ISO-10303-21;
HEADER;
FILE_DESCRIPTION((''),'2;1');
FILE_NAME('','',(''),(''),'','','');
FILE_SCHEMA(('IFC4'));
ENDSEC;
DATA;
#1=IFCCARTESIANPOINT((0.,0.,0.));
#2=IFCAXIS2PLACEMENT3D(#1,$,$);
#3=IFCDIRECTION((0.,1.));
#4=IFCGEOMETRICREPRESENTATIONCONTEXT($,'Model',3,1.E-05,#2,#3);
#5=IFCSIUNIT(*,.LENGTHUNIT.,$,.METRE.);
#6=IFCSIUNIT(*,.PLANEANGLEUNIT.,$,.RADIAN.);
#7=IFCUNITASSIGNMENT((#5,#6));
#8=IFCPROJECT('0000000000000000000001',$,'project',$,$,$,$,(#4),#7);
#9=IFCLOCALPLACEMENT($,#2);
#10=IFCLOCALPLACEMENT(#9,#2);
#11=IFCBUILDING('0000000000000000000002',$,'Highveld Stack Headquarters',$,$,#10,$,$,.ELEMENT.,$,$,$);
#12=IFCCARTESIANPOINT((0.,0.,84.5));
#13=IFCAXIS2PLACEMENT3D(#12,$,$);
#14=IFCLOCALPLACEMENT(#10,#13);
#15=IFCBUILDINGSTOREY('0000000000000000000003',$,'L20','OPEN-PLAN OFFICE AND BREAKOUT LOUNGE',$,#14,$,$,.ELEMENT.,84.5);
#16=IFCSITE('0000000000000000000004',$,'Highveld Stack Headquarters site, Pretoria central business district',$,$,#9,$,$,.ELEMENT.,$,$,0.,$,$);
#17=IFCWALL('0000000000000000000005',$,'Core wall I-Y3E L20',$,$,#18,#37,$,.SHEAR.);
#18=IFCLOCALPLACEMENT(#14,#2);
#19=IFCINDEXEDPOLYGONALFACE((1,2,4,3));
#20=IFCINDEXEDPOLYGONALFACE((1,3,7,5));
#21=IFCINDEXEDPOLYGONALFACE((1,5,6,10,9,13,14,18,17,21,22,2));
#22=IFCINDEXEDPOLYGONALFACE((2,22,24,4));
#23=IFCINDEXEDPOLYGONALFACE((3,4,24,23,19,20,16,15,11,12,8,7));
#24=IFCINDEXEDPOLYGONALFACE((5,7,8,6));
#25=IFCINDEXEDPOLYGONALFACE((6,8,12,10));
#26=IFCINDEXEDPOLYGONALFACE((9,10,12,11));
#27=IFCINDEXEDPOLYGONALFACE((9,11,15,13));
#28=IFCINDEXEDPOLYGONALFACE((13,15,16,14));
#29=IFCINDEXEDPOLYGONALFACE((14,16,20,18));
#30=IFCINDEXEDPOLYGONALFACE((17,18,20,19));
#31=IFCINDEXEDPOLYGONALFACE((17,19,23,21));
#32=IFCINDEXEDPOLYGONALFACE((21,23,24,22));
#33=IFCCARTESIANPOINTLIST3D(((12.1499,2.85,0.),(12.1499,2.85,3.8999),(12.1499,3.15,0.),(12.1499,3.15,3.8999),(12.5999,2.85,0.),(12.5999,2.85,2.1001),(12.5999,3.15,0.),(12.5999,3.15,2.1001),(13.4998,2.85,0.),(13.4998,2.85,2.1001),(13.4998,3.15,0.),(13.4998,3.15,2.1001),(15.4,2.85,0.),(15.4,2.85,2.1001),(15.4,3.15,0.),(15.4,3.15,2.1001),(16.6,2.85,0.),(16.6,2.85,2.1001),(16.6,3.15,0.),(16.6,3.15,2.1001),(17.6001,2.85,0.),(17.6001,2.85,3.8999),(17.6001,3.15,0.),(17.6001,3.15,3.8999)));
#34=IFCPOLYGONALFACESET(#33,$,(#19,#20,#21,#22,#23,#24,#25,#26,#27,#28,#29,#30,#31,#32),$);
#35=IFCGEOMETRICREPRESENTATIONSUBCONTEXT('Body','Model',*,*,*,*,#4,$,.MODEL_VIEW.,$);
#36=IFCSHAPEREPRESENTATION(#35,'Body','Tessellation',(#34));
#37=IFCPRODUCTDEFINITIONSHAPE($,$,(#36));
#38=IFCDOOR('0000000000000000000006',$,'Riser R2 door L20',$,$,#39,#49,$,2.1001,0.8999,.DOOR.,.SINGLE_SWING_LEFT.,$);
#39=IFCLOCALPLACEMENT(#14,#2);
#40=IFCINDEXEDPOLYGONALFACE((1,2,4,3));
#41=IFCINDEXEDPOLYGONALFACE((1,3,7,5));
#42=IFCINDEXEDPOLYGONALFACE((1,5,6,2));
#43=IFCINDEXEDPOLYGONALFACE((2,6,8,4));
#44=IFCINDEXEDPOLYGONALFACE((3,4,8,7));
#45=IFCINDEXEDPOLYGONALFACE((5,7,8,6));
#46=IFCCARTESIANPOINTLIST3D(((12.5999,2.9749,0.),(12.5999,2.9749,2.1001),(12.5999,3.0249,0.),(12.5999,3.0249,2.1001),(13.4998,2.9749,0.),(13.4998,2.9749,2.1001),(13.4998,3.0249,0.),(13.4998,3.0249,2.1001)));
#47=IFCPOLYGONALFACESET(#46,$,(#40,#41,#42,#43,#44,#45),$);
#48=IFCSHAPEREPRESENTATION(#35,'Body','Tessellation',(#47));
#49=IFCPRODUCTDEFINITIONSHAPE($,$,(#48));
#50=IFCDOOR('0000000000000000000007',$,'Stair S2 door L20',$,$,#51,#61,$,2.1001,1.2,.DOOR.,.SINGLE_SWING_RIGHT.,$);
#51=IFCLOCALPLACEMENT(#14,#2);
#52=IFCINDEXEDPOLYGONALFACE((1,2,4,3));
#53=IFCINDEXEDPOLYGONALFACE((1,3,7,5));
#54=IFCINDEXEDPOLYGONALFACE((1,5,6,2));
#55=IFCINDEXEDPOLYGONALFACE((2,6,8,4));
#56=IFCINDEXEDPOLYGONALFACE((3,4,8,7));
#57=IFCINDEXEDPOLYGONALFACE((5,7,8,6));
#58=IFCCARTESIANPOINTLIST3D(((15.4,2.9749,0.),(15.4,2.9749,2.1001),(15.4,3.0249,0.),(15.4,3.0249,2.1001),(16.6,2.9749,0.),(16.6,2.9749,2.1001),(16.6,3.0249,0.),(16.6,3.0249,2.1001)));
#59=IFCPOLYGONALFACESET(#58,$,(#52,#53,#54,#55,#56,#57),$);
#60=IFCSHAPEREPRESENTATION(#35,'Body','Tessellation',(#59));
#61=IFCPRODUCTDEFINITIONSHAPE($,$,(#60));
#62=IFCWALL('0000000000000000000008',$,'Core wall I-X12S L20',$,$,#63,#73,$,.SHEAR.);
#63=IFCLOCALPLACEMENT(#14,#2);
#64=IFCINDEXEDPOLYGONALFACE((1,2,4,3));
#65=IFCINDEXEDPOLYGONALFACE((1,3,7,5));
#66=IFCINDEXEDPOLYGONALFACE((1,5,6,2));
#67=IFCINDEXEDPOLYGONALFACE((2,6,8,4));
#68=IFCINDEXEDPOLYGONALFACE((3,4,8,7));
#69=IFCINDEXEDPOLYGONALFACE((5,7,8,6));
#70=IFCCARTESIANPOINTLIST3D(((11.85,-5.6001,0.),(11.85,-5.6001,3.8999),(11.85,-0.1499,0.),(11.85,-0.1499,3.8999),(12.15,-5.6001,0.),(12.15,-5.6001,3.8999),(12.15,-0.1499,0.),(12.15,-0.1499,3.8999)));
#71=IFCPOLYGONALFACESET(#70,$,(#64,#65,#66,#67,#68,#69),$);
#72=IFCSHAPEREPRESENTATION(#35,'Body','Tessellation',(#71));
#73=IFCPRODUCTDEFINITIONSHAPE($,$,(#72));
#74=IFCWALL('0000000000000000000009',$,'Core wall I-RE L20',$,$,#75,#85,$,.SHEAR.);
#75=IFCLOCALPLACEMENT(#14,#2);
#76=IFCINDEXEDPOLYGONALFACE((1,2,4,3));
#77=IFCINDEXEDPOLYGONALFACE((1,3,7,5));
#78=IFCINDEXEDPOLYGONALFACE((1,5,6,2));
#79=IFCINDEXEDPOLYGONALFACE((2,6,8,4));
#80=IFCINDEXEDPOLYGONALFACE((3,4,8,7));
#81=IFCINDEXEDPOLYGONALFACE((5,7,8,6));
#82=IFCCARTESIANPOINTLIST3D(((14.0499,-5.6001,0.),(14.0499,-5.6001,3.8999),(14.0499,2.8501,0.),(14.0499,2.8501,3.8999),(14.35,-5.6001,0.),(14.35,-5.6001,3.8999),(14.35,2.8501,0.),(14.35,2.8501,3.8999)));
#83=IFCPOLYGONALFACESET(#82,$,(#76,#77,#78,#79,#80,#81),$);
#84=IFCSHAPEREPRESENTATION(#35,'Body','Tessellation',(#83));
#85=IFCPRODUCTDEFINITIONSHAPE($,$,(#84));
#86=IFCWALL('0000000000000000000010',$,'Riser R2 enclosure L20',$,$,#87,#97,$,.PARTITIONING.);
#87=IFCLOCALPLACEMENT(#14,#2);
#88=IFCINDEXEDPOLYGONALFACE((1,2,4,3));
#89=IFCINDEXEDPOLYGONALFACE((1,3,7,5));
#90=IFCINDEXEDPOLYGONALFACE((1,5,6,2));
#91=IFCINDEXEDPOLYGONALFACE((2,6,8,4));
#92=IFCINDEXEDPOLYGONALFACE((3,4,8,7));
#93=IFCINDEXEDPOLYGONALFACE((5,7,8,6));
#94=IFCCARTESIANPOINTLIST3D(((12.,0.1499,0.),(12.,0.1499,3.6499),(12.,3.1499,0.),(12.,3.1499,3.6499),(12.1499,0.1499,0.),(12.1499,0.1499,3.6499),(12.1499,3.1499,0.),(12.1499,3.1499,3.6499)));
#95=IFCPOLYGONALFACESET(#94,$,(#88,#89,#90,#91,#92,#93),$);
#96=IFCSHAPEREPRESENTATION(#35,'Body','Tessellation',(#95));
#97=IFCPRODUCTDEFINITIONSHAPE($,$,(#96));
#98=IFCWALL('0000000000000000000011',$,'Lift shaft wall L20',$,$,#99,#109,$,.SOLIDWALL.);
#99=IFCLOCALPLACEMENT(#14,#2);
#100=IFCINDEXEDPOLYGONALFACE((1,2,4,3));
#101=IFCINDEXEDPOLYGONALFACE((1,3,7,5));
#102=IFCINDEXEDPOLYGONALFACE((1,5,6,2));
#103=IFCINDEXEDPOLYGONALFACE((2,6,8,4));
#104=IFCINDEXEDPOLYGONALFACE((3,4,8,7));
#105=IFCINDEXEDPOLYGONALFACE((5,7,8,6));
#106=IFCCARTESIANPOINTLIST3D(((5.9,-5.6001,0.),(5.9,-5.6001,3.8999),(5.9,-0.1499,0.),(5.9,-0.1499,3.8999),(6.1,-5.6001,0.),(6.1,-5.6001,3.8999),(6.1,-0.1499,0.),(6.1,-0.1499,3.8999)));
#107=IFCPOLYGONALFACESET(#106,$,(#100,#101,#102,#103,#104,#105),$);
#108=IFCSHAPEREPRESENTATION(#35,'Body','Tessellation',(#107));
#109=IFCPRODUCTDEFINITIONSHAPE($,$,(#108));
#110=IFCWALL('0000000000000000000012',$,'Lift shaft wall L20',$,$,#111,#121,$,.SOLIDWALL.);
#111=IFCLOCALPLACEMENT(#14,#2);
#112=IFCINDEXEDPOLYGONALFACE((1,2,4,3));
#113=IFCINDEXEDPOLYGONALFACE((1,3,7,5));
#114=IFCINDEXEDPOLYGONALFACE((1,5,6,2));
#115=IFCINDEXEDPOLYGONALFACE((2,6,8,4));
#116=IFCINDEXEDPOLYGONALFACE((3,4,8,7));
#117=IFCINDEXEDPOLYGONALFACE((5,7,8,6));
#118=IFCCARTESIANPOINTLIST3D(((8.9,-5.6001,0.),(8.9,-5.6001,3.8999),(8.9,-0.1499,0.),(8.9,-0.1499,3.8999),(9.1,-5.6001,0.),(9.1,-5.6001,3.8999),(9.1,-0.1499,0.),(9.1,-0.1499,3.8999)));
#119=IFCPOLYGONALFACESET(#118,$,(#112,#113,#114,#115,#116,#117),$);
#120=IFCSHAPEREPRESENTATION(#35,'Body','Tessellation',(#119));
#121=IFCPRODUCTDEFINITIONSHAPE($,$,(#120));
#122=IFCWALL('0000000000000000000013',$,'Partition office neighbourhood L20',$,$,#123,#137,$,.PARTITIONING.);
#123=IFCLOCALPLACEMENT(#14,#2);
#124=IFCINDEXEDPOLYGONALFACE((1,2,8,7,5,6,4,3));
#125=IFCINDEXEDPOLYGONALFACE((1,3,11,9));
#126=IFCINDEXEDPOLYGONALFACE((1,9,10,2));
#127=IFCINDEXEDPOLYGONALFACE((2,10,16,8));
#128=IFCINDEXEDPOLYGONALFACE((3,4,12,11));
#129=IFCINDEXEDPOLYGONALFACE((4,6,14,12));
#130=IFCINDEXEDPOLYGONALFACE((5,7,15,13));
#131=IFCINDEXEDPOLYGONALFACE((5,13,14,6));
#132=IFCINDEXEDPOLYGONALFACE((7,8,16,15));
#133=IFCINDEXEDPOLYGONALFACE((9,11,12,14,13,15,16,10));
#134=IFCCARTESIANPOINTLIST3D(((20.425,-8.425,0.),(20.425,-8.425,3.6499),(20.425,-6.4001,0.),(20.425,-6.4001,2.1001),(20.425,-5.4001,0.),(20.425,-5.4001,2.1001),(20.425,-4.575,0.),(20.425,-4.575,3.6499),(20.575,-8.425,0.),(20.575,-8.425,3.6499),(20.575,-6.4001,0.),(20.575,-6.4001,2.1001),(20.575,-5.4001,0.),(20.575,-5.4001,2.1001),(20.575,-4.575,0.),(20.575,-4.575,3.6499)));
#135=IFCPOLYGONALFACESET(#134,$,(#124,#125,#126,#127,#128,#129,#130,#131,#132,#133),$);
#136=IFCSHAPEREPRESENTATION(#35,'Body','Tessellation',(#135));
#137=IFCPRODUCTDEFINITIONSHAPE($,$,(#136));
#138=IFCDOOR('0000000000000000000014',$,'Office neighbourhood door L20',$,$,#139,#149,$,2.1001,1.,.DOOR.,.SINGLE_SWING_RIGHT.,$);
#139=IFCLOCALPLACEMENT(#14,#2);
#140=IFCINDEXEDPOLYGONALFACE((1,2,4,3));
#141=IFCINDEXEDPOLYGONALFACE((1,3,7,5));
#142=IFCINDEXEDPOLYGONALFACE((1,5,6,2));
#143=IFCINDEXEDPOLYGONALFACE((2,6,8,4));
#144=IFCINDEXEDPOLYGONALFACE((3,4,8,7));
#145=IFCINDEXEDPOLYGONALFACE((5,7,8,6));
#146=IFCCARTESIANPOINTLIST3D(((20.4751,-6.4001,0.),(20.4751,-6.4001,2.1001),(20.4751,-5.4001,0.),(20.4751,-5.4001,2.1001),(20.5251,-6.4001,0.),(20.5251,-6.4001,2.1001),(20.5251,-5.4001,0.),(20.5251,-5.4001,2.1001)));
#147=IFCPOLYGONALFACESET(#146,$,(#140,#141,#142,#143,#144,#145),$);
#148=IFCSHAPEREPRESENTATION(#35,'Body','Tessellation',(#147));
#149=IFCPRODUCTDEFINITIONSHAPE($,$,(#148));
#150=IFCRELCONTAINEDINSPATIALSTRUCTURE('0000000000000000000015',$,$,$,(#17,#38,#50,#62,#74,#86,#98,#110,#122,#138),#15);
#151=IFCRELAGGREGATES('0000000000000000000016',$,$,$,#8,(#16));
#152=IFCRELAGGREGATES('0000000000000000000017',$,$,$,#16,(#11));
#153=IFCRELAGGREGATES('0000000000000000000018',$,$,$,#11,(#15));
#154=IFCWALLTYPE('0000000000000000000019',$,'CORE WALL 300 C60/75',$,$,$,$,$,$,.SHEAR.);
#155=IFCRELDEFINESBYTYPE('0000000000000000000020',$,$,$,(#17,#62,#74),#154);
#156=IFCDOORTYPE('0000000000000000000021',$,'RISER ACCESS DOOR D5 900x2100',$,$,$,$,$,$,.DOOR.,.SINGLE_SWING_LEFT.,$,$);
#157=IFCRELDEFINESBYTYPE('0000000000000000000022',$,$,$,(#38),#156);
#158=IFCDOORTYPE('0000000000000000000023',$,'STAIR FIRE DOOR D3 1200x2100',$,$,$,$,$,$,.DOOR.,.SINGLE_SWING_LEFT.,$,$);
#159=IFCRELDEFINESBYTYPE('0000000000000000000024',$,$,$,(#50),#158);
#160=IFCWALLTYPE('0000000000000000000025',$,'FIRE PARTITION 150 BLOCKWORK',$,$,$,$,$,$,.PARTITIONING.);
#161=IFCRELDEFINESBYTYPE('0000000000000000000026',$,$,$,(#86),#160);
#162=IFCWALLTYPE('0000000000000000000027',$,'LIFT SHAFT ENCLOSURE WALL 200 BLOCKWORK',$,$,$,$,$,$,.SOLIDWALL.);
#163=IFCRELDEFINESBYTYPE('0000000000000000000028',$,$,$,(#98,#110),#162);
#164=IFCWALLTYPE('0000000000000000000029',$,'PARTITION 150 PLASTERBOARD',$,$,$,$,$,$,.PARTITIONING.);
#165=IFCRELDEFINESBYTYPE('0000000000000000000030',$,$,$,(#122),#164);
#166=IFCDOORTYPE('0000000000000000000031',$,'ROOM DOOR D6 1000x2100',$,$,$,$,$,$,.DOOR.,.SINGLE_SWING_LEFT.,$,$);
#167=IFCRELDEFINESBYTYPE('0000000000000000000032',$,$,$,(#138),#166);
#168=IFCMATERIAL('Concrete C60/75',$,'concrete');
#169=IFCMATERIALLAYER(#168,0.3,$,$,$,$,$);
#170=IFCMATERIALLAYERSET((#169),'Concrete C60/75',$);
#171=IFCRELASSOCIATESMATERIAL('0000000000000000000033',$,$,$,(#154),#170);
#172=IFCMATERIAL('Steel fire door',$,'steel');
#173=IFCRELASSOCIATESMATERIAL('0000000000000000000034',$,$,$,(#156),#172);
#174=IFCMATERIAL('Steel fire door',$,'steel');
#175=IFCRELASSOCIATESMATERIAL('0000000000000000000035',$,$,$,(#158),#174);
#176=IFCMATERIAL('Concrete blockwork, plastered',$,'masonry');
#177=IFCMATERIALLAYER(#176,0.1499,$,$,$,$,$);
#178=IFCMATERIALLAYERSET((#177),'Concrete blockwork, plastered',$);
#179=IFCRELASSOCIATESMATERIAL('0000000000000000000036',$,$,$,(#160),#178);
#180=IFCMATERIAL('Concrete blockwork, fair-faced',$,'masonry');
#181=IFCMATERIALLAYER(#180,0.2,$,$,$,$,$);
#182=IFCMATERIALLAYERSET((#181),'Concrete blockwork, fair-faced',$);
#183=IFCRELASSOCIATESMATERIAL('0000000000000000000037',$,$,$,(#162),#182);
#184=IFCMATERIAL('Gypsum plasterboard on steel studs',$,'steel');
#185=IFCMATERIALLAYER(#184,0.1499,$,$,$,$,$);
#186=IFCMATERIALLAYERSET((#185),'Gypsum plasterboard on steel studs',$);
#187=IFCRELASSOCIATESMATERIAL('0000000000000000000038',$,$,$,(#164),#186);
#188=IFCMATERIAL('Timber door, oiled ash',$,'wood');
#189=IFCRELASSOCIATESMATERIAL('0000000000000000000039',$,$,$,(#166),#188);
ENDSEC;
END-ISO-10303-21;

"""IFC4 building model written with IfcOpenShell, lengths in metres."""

from ifc_helpers import new_model, si_unit, direction, frame, frame_2d, origin, place, context, subcontext, project, spatial, rectangle, extrude, material, layer, layer_set, type_object, element, fill, save


model = new_model("IFC4")

# Units and contexts
model_context = context("Model", 3, precision=1e-05, world=origin(), true_north=direction((0.0, 1.0)))
body_context = subcontext(model_context, "Body", "Model", "MODEL_VIEW")
ifc_project = project(units=[si_unit("LENGTHUNIT", "METRE"), si_unit("PLANEANGLEUNIT", "RADIAN")], contexts=[model_context])

# Site, building, storey
site_placement = place(None, origin())
site = spatial("IfcSite", under=ifc_project, at=site_placement, Name="Highveld Stack Headquarters site, Pretoria central business district", CompositionType="ELEMENT", RefElevation=0.0)
building_placement = place(site_placement, origin())
building = spatial("IfcBuilding", under=site, at=building_placement, Name="Highveld Stack Headquarters", CompositionType="ELEMENT")
storey_placement = place(building_placement, frame((0.0, 0.0, 84.5)))
storey = spatial("IfcBuildingStorey", under=building, at=storey_placement, Name="L20", Description="OPEN-PLAN OFFICE AND BREAKOUT LOUNGE", CompositionType="ELEMENT", Elevation=84.5)

# Wall, openings, doors
ifc_material_1 = material(Name="Concrete C60/75", Category="concrete")
ifc_layer_1 = layer(ifc_material_1, 0.3)
ifc_layer_set_1 = layer_set([ifc_layer_1], Name="Concrete C60/75")
wall_type_1 = type_object("IfcWallType", Name="CORE WALL 300 C60/75", PredefinedType="SHEAR", material=ifc_layer_set_1)
wall_1_placement = place(storey_placement, frame((12.1499, 3.0, 0.0), z_axis=(0.0, 0.0, 1.0), x_axis=(1.0, 0.0, 0.0)))
wall_1 = element("IfcWall", 1, at=wall_1_placement, inside=storey, type_object=wall_type_1, Name="Core wall I-Y3E L20", PredefinedType="SHEAR", context=body_context, shape_type="SweptSolid", body=[
    extrude(rectangle(XDim=5.4502, YDim=0.3, at=frame_2d((2.7251, 0.0))), origin(), (0.0, 0.0, 1.0), 3.8999),
])
opening_1_placement = place(wall_1_placement, frame((3.25, 0.0, 0.0)))
opening_1 = element("IfcOpeningElement", 2, at=opening_1_placement, cuts=wall_1, PredefinedType="OPENING", context=body_context, shape_type="SweptSolid", body=[
    extrude(rectangle(XDim=1.2, YDim=2.1001, at=frame_2d((0.6001, 1.05))), frame((0.0, 0.1599, 0.0), z_axis=(0.0, -1.0, 0.0), x_axis=(1.0, 0.0, 0.0)), (0.0, 0.0, 1.0), 0.3201),
])
opening_2_placement = place(wall_1_placement, frame((0.45, 0.0, 0.0)))
opening_2 = element("IfcOpeningElement", 3, at=opening_2_placement, cuts=wall_1, PredefinedType="OPENING", context=body_context, shape_type="SweptSolid", body=[
    extrude(rectangle(XDim=0.8999, YDim=2.1001, at=frame_2d((0.45, 1.05))), frame((0.0, 0.1599, 0.0), z_axis=(0.0, -1.0, 0.0), x_axis=(1.0, 0.0, 0.0)), (0.0, 0.0, 1.0), 0.3201),
])
ifc_material_2 = material(Name="Steel fire door", Category="steel")
door_type_1 = type_object("IfcDoorType", Name="RISER ACCESS DOOR D5 900x2100", OperationType="SINGLE_SWING_LEFT", PredefinedType="DOOR", material=ifc_material_2)
door_1_placement = place(opening_2_placement, origin())
door_1 = element("IfcDoor", 4, at=door_1_placement, inside=storey, type_object=door_type_1, Name="Riser R2 door L20", OperationType="SINGLE_SWING_LEFT", OverallHeight=2.1001, OverallWidth=0.8999, PredefinedType="DOOR", context=body_context, shape_type="SweptSolid", body=[
    extrude(rectangle(XDim=0.8999, YDim=2.1001, at=frame_2d((0.45, 1.05))), frame((0.0, 0.0249, 0.0), z_axis=(0.0, -1.0, 0.0), x_axis=(1.0, 0.0, 0.0)), (0.0, 0.0, 1.0), 0.05),
])
fill(opening_2, door_1)
ifc_material_3 = material(Name="Steel fire door", Category="steel")
door_type_2 = type_object("IfcDoorType", Name="STAIR FIRE DOOR D3 1200x2100", OperationType="SINGLE_SWING_LEFT", PredefinedType="DOOR", material=ifc_material_3)
door_2_placement = place(opening_1_placement, origin())
door_2 = element("IfcDoor", 5, at=door_2_placement, inside=storey, type_object=door_type_2, Name="Stair S2 door L20", OperationType="SINGLE_SWING_RIGHT", OverallHeight=2.1001, OverallWidth=1.2, PredefinedType="DOOR", context=body_context, shape_type="SweptSolid", body=[
    extrude(rectangle(XDim=1.2, YDim=2.1001, at=frame_2d((0.6001, 1.05))), frame((0.0, 0.0249, 0.0), z_axis=(0.0, -1.0, 0.0), x_axis=(1.0, 0.0, 0.0)), (0.0, 0.0, 1.0), 0.05),
])
fill(opening_1, door_2)

# Walls
wall_2_placement = place(storey_placement, frame((12.0, -5.6001, 0.0), z_axis=(0.0, 0.0, 1.0), x_axis=(0.0, 1.0, 0.0)))
element("IfcWall", 6, at=wall_2_placement, inside=storey, type_object=wall_type_1, Name="Core wall I-X12S L20", PredefinedType="SHEAR", context=body_context, shape_type="SweptSolid", body=[
    extrude(rectangle(XDim=5.4502, YDim=0.3, at=frame_2d((2.7251, 0.0))), origin(), (0.0, 0.0, 1.0), 3.8999),
])
wall_3_placement = place(storey_placement, frame((14.2, -5.6001, 0.0), z_axis=(0.0, 0.0, 1.0), x_axis=(0.0, 1.0, 0.0)))
element("IfcWall", 7, at=wall_3_placement, inside=storey, type_object=wall_type_1, Name="Core wall I-RE L20", PredefinedType="SHEAR", context=body_context, shape_type="SweptSolid", body=[
    extrude(rectangle(XDim=8.4502, YDim=0.3, at=frame_2d((4.2251, 0.0))), origin(), (0.0, 0.0, 1.0), 3.8999),
])
ifc_material_4 = material(Name="Concrete blockwork, plastered", Category="masonry")
ifc_layer_2 = layer(ifc_material_4, 0.1499)
ifc_layer_set_2 = layer_set([ifc_layer_2], Name="Concrete blockwork, plastered")
wall_type_2 = type_object("IfcWallType", Name="FIRE PARTITION 150 BLOCKWORK", PredefinedType="PARTITIONING", material=ifc_layer_set_2)
wall_4_placement = place(storey_placement, frame((12.075, 0.1499, 0.0), z_axis=(0.0, 0.0, 1.0), x_axis=(0.0, 1.0, 0.0)))
element("IfcWall", 8, at=wall_4_placement, inside=storey, type_object=wall_type_2, Name="Riser R2 enclosure L20", PredefinedType="PARTITIONING", context=body_context, shape_type="SweptSolid", body=[
    extrude(rectangle(XDim=3.0, YDim=0.1499, at=frame_2d((1.5, 0.0))), origin(), (0.0, 0.0, 1.0), 3.6499),
])
ifc_material_5 = material(Name="Concrete blockwork, fair-faced", Category="masonry")
ifc_layer_3 = layer(ifc_material_5, 0.2)
ifc_layer_set_3 = layer_set([ifc_layer_3], Name="Concrete blockwork, fair-faced")
wall_type_3 = type_object("IfcWallType", Name="LIFT SHAFT ENCLOSURE WALL 200 BLOCKWORK", PredefinedType="SOLIDWALL", material=ifc_layer_set_3)
for number, where, z_axis, x_axis, name in (
    (9, (6.0, -5.6001, 0.0), (0.0, 0.0, 1.0), (0.0, 1.0, 0.0), "Lift shaft wall L20"),
    (10, (9.0, -5.6001, 0.0), (0.0, 0.0, 1.0), (0.0, 1.0, 0.0), "Lift shaft wall L20"),
):
    element("IfcWall", number, at=place(storey_placement, frame(where, z_axis=z_axis, x_axis=x_axis)), inside=storey, type_object=wall_type_3, Name=name, PredefinedType="SOLIDWALL", context=body_context, shape_type="SweptSolid", body=[
        extrude(rectangle(XDim=5.4502, YDim=0.2, at=frame_2d((2.7251, 0.0))), origin(), (0.0, 0.0, 1.0), 3.8999),
    ])

# Wall, opening, door
ifc_material_6 = material(Name="Gypsum plasterboard on steel studs", Category="steel")
ifc_layer_4 = layer(ifc_material_6, 0.1499)
ifc_layer_set_4 = layer_set([ifc_layer_4], Name="Gypsum plasterboard on steel studs")
wall_type_4 = type_object("IfcWallType", Name="PARTITION 150 PLASTERBOARD", PredefinedType="PARTITIONING", material=ifc_layer_set_4)
wall_5_placement = place(storey_placement, frame((20.5, -8.425, 0.0), z_axis=(0.0, 0.0, 1.0), x_axis=(0.0, 1.0, 0.0)))
wall_5 = element("IfcWall", 11, at=wall_5_placement, inside=storey, type_object=wall_type_4, Name="Partition office neighbourhood L20", PredefinedType="PARTITIONING", context=body_context, shape_type="SweptSolid", body=[
    extrude(rectangle(XDim=3.8501, YDim=0.1499, at=frame_2d((1.925, 0.0))), origin(), (0.0, 0.0, 1.0), 3.6499),
])
opening_3_placement = place(wall_5_placement, frame((2.0249, 0.0, 0.0)))
opening_3 = element("IfcOpeningElement", 12, at=opening_3_placement, cuts=wall_5, PredefinedType="OPENING", context=body_context, shape_type="SweptSolid", body=[
    extrude(rectangle(XDim=1.0, YDim=2.1001, at=frame_2d((0.5, 1.05))), frame((0.0, 0.085, 0.0), z_axis=(0.0, -1.0, 0.0), x_axis=(1.0, 0.0, 0.0)), (0.0, 0.0, 1.0), 0.1699),
])
ifc_material_7 = material(Name="Timber door, oiled ash", Category="wood")
door_type_3 = type_object("IfcDoorType", Name="ROOM DOOR D6 1000x2100", OperationType="SINGLE_SWING_LEFT", PredefinedType="DOOR", material=ifc_material_7)
door_3_placement = place(opening_3_placement, origin())
door_3 = element("IfcDoor", 13, at=door_3_placement, inside=storey, type_object=door_type_3, Name="Office neighbourhood door L20", OperationType="SINGLE_SWING_RIGHT", OverallHeight=2.1001, OverallWidth=1.0, PredefinedType="DOOR", context=body_context, shape_type="SweptSolid", body=[
    extrude(rectangle(XDim=1.0, YDim=2.1001, at=frame_2d((0.5, 1.05))), frame((0.0, 0.0249, 0.0), z_axis=(0.0, -1.0, 0.0), x_axis=(1.0, 0.0, 0.0)), (0.0, 0.0, 1.0), 0.05),
])
fill(opening_3, door_3)

save(model, "model.ifc")
